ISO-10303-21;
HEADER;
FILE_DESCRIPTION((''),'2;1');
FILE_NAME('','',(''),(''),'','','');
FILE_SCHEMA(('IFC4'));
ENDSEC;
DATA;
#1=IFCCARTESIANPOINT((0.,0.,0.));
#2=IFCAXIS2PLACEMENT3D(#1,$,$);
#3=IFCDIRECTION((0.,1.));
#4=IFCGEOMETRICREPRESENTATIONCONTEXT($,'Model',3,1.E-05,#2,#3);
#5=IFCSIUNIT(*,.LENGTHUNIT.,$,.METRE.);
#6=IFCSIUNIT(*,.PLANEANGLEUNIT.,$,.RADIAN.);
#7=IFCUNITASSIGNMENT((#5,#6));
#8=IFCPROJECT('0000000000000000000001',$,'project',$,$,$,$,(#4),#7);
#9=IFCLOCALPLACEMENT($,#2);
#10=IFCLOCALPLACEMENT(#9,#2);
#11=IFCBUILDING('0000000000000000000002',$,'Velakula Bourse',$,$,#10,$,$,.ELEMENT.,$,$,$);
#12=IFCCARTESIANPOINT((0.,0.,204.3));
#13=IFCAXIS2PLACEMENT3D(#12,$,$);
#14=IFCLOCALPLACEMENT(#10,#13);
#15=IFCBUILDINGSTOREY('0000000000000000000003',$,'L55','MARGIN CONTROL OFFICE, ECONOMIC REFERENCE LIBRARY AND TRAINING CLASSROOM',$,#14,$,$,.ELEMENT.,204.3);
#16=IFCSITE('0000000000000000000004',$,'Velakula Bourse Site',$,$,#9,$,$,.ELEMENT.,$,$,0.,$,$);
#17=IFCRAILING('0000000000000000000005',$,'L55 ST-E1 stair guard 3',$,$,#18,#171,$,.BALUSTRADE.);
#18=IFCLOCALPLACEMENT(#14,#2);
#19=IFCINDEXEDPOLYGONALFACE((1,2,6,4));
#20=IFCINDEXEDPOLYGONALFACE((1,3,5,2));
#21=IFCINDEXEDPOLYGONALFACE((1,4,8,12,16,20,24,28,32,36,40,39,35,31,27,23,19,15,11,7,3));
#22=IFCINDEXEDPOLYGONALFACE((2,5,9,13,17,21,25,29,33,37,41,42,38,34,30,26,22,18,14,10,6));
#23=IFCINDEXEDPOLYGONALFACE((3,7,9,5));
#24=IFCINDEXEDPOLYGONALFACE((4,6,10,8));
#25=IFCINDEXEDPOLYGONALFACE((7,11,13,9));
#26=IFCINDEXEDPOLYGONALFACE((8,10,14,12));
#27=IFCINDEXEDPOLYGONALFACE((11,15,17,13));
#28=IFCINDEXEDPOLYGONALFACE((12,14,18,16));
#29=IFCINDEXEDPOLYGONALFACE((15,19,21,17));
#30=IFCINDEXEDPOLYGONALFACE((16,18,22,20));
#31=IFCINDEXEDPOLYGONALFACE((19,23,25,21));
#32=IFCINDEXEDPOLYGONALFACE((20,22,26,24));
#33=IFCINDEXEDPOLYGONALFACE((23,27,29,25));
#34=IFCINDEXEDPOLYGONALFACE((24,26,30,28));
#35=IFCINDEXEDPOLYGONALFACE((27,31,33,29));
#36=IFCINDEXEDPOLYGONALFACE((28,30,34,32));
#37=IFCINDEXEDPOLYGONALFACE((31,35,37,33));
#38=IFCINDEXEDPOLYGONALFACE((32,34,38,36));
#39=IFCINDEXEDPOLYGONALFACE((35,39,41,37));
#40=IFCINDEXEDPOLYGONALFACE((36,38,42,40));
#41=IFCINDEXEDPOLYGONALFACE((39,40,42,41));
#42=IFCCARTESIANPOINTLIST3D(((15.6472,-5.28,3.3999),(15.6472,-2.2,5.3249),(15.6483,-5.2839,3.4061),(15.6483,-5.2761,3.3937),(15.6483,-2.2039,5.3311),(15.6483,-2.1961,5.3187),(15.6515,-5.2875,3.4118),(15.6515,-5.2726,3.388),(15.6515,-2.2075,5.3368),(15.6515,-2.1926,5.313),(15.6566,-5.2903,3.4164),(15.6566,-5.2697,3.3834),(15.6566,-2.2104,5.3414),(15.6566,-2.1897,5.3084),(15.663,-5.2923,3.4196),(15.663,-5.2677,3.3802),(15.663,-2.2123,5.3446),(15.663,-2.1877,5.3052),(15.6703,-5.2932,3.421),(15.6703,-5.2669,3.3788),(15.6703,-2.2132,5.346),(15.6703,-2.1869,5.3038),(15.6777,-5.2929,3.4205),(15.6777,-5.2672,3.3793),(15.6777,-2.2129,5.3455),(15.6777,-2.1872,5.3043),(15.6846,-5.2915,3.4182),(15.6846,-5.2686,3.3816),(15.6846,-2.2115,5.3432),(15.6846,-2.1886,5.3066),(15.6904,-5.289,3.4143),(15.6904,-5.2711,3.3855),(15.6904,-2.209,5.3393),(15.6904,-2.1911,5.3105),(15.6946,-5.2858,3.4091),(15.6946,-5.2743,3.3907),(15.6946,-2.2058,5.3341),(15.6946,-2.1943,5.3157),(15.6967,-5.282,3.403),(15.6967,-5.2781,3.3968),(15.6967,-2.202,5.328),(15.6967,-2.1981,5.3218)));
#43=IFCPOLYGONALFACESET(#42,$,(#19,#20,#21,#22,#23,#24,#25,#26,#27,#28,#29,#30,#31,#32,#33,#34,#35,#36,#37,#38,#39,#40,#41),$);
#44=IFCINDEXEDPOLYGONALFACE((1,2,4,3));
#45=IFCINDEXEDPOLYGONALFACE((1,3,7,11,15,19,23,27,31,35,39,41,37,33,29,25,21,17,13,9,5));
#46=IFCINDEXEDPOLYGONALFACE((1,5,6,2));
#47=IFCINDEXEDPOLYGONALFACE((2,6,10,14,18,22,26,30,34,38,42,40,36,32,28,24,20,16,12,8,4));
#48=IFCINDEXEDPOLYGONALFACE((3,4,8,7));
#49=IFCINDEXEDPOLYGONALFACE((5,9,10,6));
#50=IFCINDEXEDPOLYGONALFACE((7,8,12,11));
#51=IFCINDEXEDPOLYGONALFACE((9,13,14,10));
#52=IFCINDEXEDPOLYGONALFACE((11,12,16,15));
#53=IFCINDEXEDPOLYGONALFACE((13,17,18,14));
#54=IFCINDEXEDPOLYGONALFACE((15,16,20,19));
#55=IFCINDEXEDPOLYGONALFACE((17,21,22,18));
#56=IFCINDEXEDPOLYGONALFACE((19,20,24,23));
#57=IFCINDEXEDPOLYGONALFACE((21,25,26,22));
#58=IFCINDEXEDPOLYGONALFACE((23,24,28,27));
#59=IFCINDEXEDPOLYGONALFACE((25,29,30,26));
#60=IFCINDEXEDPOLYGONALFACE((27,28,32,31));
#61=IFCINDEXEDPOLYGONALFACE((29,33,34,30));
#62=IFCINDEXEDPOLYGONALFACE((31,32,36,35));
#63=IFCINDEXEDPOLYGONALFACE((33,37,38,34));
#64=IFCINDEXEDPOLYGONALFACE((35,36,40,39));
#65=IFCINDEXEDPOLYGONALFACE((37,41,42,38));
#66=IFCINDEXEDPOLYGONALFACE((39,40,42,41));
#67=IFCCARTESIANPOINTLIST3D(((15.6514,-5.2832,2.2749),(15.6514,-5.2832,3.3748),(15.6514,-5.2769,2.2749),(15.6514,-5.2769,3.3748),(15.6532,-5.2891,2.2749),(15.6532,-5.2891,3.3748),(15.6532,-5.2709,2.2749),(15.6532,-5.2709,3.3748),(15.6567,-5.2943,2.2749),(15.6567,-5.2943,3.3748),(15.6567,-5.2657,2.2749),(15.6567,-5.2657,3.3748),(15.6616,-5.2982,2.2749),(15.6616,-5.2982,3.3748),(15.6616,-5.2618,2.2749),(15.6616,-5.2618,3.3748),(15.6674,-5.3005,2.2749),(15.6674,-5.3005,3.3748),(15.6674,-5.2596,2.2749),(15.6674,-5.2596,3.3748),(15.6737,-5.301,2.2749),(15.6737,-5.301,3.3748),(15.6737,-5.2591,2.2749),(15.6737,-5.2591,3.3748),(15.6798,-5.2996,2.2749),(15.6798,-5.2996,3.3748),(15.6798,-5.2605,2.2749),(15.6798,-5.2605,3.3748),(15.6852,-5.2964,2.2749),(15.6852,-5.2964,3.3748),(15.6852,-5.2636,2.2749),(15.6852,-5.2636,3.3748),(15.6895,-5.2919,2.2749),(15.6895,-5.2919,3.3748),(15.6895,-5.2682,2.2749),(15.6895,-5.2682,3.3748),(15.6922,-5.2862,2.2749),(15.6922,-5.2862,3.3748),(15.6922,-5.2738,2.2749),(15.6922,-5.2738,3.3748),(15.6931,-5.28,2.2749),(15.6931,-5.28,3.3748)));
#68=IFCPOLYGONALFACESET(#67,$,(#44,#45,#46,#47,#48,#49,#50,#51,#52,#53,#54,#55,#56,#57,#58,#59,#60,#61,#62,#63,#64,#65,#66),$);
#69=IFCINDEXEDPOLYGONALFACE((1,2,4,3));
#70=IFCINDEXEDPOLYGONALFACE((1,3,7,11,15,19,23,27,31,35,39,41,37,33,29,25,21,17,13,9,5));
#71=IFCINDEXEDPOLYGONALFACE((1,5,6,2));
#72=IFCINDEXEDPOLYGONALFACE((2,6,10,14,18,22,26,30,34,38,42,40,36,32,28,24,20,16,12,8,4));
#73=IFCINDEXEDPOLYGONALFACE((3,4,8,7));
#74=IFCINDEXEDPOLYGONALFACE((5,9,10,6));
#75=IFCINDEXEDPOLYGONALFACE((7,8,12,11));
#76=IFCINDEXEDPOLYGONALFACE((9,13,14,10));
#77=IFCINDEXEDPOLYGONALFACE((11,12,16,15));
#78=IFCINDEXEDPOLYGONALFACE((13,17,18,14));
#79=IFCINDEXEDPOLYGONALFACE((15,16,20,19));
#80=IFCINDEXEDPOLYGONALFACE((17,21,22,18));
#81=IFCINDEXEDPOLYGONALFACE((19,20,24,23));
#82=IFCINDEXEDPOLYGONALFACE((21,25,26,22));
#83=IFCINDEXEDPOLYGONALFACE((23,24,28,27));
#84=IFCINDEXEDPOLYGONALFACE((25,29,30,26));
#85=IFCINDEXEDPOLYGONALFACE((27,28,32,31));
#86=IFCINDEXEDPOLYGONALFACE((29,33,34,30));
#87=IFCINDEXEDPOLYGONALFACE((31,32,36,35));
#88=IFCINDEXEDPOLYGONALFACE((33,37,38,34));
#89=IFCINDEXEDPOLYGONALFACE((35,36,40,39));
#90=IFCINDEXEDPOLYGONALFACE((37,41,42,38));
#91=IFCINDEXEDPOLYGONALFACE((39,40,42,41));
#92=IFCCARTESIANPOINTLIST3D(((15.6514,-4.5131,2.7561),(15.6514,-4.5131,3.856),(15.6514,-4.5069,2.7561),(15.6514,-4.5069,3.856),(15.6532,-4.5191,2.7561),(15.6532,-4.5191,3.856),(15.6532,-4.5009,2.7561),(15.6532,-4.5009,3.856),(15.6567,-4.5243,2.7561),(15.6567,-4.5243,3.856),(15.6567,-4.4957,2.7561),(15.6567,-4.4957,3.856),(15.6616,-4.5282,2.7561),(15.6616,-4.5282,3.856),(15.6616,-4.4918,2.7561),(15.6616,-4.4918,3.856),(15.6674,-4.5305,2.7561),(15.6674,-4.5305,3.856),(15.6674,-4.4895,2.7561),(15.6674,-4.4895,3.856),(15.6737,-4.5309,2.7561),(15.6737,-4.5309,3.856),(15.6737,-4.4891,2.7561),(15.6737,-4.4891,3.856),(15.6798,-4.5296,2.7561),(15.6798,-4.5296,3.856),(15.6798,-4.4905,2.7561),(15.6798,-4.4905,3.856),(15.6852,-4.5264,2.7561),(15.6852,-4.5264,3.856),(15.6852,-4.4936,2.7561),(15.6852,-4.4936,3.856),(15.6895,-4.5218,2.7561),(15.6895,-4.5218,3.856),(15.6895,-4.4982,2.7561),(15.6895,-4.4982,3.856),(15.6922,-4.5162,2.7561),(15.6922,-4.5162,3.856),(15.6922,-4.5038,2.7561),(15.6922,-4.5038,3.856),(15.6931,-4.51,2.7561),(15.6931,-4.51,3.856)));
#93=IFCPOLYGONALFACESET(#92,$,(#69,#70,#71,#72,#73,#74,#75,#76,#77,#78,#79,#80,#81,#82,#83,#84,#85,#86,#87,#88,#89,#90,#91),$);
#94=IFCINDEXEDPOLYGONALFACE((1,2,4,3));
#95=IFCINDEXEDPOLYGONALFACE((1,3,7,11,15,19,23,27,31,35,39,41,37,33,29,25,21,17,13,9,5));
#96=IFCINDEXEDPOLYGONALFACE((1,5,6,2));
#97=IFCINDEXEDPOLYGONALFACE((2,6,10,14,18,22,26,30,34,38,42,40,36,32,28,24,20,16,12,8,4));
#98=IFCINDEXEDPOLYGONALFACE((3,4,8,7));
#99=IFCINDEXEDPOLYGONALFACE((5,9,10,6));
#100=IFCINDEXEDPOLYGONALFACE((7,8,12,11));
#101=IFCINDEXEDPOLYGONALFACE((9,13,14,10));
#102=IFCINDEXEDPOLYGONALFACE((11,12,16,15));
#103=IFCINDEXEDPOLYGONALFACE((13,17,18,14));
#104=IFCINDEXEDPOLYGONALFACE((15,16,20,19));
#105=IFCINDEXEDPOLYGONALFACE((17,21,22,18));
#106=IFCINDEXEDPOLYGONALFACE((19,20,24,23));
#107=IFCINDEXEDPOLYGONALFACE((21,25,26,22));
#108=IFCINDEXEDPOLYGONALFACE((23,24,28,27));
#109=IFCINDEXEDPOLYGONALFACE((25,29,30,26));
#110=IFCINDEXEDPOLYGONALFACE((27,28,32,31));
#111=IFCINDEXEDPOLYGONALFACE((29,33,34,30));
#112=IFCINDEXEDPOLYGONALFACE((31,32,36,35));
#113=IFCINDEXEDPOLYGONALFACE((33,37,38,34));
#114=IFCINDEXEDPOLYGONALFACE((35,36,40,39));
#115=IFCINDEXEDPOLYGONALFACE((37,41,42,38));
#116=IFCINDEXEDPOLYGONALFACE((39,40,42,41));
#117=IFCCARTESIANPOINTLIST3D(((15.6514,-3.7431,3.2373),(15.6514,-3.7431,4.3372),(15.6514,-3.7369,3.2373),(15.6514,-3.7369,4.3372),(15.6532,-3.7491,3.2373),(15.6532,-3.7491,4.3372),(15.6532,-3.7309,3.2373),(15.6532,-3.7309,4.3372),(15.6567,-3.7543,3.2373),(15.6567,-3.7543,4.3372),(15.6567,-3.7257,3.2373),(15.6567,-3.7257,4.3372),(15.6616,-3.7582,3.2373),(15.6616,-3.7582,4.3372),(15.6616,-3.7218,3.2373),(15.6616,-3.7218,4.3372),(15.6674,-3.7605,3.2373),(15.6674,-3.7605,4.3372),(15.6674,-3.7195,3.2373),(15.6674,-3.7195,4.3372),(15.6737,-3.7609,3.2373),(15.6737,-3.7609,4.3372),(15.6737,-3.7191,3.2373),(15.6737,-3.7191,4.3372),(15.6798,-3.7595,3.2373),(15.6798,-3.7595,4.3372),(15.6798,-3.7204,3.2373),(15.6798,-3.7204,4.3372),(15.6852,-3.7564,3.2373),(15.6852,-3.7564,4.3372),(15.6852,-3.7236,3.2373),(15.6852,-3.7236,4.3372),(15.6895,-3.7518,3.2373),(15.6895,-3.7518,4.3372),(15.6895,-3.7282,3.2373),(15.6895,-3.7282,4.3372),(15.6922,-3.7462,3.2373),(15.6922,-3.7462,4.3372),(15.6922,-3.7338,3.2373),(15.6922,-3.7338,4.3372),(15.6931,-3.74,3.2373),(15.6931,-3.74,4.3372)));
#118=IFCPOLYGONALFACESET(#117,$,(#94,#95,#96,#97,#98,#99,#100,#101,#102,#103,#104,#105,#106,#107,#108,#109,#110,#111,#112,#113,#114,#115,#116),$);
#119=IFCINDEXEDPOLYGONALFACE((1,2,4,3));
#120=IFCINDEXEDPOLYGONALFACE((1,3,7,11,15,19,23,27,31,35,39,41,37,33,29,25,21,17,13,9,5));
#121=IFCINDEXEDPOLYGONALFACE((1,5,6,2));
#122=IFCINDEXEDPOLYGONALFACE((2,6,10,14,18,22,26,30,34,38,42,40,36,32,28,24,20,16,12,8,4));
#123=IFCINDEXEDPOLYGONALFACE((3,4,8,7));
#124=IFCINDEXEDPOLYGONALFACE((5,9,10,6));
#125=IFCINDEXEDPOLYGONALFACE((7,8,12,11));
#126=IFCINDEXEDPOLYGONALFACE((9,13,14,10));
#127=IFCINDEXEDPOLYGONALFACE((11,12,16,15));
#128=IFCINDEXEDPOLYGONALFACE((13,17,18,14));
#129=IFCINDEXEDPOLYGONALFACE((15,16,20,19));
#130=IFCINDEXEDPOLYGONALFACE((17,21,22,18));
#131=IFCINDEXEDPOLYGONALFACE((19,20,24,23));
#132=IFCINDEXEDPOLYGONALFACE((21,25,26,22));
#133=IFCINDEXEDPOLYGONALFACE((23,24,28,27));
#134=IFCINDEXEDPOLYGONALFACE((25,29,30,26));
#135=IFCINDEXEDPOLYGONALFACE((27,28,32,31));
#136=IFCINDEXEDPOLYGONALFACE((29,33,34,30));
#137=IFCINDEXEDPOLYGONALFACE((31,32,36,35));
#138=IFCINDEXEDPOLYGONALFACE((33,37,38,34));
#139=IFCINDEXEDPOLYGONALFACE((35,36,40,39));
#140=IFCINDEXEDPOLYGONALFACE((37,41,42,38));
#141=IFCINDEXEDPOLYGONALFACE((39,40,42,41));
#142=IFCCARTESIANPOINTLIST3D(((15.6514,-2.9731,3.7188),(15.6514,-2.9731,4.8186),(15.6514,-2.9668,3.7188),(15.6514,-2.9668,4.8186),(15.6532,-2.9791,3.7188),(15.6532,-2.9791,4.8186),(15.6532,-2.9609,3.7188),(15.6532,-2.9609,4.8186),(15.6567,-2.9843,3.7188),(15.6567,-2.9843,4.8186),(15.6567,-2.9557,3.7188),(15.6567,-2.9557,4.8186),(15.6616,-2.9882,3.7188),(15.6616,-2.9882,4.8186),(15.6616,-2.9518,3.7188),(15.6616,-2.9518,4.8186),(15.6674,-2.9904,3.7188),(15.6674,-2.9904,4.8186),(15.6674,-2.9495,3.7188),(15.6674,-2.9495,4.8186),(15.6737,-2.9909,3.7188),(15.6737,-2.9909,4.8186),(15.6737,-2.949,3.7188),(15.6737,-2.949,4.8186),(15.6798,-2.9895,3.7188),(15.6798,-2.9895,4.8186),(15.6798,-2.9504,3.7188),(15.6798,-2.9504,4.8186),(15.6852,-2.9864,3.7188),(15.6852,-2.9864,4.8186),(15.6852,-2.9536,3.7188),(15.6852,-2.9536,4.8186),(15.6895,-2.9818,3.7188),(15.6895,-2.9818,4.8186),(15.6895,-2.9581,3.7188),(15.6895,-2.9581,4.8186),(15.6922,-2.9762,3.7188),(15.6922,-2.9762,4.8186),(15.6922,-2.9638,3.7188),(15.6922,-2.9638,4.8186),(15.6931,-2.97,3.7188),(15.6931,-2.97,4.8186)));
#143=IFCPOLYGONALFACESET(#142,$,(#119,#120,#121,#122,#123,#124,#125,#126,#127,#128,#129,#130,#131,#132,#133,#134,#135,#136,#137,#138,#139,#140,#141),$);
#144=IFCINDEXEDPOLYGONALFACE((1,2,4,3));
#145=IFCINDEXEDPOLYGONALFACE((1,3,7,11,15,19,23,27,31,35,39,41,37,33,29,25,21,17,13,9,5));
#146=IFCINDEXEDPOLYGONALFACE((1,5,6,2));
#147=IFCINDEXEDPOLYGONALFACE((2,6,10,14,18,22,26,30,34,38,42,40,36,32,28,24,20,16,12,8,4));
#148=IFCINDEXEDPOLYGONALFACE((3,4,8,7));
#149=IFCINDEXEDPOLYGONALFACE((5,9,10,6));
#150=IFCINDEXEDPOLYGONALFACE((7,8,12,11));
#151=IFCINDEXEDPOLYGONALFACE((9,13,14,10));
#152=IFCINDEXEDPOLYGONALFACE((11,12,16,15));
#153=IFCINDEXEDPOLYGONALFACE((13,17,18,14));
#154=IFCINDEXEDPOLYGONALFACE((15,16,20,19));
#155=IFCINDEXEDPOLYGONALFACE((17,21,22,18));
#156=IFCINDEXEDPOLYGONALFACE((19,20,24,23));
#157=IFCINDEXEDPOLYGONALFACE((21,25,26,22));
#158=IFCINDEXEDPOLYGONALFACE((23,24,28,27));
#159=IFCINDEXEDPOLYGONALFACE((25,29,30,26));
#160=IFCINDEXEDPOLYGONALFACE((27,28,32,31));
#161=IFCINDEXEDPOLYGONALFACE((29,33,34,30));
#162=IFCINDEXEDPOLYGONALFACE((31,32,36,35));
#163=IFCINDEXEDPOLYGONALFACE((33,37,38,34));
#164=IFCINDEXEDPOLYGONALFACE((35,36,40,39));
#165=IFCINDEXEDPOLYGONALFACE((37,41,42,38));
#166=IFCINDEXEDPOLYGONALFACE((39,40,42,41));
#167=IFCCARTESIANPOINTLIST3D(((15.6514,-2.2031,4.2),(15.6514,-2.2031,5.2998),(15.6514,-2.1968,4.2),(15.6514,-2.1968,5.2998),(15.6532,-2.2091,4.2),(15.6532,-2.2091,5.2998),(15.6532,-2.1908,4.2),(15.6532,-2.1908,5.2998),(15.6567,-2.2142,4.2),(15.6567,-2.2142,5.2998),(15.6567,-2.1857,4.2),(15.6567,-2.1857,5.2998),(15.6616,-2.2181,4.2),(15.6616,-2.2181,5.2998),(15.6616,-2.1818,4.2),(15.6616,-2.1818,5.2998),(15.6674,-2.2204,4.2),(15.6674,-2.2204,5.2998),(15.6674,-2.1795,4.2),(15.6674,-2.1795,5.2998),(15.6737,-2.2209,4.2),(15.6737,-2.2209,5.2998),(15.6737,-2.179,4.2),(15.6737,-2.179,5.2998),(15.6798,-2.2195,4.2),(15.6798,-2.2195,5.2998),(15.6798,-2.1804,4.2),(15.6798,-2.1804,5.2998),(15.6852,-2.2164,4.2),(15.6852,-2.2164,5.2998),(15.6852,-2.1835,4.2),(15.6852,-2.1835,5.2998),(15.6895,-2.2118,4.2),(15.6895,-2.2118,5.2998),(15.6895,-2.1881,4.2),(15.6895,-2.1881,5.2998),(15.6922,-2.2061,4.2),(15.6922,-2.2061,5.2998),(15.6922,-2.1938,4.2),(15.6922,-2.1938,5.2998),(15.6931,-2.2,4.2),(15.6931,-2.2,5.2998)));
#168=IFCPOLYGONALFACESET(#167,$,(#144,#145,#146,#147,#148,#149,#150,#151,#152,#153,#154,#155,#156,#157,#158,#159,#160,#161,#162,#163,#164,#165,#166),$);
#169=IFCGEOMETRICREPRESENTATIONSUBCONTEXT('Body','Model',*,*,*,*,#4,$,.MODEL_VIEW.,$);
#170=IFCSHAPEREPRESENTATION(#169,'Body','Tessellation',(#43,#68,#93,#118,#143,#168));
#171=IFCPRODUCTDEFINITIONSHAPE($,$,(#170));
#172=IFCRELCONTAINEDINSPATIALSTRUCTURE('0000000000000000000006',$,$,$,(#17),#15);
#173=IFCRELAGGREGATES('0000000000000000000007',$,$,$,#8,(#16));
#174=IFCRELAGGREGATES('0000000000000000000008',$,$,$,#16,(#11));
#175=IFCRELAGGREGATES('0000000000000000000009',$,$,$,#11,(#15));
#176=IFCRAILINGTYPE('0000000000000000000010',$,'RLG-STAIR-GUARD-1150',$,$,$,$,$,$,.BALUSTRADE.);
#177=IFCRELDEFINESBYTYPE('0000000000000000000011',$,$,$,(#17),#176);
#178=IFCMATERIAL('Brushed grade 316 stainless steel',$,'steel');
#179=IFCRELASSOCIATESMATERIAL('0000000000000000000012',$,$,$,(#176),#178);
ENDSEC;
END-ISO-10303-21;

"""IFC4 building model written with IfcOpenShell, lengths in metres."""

from ifc_helpers import new_model, si_unit, direction, frame, origin, origin_2d, place, context, subcontext, project, spatial, circle, extrude, material, type_object, element, save


model = new_model("IFC4")

# Units and contexts
model_context = context("Model", 3, precision=1e-05, world=origin(), true_north=direction((0.0, 1.0)))
body_context = subcontext(model_context, "Body", "Model", "MODEL_VIEW")
ifc_project = project(units=[si_unit("LENGTHUNIT", "METRE"), si_unit("PLANEANGLEUNIT", "RADIAN")], contexts=[model_context])

# Site, building, storey
site_placement = place(None, origin())
site = spatial("IfcSite", under=ifc_project, at=site_placement, Name="Velakula Bourse Site", CompositionType="ELEMENT", RefElevation=0.0)
building_placement = place(site_placement, origin())
building = spatial("IfcBuilding", under=site, at=building_placement, Name="Velakula Bourse", CompositionType="ELEMENT")
storey_placement = place(building_placement, frame((0.0, 0.0, 204.3)))
storey = spatial("IfcBuildingStorey", under=building, at=storey_placement, Name="L55", Description="MARGIN CONTROL OFFICE, ECONOMIC REFERENCE LIBRARY AND TRAINING CLASSROOM", CompositionType="ELEMENT", Elevation=204.3)

# Shared definitions
ifc_material_1 = material(Name="Brushed grade 316 stainless steel", Category="steel")

# Railing
railing_type_1 = type_object("IfcRailingType", Name="RLG-STAIR-GUARD-1150", PredefinedType="BALUSTRADE", material=ifc_material_1)
railing_1_placement = place(storey_placement, frame((15.6721, -5.28, 2.2749)))
element("IfcRailing", 1, at=railing_1_placement, inside=storey, type_object=railing_type_1, Name="L55 ST-E1 stair guard 3", PredefinedType="BALUSTRADE", context=body_context, shape_type="SweptSolid", body=[
    extrude(circle(Radius=0.0249, at=origin_2d()), frame((0.0, 0.0, 1.125), z_axis=(0.0, 0.847998, 0.529999), x_axis=(-1.0, 0.0, 0.0)), (0.0, 0.0, 1.0), 3.6321),
    extrude(circle(Radius=0.021, at=origin_2d()), origin(), (0.0, 0.0, 1.0), 1.0999),
    extrude(circle(Radius=0.021, at=origin_2d()), frame((0.0, 0.77, 0.4812)), (0.0, 0.0, 1.0), 1.0999),
    extrude(circle(Radius=0.021, at=origin_2d()), frame((0.0, 1.54, 0.9624)), (0.0, 0.0, 1.0), 1.0999),
    extrude(circle(Radius=0.021, at=origin_2d()), frame((0.0, 2.3101, 1.4438)), (0.0, 0.0, 1.0), 1.0999),
    extrude(circle(Radius=0.021, at=origin_2d()), frame((0.0, 3.0801, 1.925)), (0.0, 0.0, 1.0), 1.0999),
])

save(model, "model.ifc")
